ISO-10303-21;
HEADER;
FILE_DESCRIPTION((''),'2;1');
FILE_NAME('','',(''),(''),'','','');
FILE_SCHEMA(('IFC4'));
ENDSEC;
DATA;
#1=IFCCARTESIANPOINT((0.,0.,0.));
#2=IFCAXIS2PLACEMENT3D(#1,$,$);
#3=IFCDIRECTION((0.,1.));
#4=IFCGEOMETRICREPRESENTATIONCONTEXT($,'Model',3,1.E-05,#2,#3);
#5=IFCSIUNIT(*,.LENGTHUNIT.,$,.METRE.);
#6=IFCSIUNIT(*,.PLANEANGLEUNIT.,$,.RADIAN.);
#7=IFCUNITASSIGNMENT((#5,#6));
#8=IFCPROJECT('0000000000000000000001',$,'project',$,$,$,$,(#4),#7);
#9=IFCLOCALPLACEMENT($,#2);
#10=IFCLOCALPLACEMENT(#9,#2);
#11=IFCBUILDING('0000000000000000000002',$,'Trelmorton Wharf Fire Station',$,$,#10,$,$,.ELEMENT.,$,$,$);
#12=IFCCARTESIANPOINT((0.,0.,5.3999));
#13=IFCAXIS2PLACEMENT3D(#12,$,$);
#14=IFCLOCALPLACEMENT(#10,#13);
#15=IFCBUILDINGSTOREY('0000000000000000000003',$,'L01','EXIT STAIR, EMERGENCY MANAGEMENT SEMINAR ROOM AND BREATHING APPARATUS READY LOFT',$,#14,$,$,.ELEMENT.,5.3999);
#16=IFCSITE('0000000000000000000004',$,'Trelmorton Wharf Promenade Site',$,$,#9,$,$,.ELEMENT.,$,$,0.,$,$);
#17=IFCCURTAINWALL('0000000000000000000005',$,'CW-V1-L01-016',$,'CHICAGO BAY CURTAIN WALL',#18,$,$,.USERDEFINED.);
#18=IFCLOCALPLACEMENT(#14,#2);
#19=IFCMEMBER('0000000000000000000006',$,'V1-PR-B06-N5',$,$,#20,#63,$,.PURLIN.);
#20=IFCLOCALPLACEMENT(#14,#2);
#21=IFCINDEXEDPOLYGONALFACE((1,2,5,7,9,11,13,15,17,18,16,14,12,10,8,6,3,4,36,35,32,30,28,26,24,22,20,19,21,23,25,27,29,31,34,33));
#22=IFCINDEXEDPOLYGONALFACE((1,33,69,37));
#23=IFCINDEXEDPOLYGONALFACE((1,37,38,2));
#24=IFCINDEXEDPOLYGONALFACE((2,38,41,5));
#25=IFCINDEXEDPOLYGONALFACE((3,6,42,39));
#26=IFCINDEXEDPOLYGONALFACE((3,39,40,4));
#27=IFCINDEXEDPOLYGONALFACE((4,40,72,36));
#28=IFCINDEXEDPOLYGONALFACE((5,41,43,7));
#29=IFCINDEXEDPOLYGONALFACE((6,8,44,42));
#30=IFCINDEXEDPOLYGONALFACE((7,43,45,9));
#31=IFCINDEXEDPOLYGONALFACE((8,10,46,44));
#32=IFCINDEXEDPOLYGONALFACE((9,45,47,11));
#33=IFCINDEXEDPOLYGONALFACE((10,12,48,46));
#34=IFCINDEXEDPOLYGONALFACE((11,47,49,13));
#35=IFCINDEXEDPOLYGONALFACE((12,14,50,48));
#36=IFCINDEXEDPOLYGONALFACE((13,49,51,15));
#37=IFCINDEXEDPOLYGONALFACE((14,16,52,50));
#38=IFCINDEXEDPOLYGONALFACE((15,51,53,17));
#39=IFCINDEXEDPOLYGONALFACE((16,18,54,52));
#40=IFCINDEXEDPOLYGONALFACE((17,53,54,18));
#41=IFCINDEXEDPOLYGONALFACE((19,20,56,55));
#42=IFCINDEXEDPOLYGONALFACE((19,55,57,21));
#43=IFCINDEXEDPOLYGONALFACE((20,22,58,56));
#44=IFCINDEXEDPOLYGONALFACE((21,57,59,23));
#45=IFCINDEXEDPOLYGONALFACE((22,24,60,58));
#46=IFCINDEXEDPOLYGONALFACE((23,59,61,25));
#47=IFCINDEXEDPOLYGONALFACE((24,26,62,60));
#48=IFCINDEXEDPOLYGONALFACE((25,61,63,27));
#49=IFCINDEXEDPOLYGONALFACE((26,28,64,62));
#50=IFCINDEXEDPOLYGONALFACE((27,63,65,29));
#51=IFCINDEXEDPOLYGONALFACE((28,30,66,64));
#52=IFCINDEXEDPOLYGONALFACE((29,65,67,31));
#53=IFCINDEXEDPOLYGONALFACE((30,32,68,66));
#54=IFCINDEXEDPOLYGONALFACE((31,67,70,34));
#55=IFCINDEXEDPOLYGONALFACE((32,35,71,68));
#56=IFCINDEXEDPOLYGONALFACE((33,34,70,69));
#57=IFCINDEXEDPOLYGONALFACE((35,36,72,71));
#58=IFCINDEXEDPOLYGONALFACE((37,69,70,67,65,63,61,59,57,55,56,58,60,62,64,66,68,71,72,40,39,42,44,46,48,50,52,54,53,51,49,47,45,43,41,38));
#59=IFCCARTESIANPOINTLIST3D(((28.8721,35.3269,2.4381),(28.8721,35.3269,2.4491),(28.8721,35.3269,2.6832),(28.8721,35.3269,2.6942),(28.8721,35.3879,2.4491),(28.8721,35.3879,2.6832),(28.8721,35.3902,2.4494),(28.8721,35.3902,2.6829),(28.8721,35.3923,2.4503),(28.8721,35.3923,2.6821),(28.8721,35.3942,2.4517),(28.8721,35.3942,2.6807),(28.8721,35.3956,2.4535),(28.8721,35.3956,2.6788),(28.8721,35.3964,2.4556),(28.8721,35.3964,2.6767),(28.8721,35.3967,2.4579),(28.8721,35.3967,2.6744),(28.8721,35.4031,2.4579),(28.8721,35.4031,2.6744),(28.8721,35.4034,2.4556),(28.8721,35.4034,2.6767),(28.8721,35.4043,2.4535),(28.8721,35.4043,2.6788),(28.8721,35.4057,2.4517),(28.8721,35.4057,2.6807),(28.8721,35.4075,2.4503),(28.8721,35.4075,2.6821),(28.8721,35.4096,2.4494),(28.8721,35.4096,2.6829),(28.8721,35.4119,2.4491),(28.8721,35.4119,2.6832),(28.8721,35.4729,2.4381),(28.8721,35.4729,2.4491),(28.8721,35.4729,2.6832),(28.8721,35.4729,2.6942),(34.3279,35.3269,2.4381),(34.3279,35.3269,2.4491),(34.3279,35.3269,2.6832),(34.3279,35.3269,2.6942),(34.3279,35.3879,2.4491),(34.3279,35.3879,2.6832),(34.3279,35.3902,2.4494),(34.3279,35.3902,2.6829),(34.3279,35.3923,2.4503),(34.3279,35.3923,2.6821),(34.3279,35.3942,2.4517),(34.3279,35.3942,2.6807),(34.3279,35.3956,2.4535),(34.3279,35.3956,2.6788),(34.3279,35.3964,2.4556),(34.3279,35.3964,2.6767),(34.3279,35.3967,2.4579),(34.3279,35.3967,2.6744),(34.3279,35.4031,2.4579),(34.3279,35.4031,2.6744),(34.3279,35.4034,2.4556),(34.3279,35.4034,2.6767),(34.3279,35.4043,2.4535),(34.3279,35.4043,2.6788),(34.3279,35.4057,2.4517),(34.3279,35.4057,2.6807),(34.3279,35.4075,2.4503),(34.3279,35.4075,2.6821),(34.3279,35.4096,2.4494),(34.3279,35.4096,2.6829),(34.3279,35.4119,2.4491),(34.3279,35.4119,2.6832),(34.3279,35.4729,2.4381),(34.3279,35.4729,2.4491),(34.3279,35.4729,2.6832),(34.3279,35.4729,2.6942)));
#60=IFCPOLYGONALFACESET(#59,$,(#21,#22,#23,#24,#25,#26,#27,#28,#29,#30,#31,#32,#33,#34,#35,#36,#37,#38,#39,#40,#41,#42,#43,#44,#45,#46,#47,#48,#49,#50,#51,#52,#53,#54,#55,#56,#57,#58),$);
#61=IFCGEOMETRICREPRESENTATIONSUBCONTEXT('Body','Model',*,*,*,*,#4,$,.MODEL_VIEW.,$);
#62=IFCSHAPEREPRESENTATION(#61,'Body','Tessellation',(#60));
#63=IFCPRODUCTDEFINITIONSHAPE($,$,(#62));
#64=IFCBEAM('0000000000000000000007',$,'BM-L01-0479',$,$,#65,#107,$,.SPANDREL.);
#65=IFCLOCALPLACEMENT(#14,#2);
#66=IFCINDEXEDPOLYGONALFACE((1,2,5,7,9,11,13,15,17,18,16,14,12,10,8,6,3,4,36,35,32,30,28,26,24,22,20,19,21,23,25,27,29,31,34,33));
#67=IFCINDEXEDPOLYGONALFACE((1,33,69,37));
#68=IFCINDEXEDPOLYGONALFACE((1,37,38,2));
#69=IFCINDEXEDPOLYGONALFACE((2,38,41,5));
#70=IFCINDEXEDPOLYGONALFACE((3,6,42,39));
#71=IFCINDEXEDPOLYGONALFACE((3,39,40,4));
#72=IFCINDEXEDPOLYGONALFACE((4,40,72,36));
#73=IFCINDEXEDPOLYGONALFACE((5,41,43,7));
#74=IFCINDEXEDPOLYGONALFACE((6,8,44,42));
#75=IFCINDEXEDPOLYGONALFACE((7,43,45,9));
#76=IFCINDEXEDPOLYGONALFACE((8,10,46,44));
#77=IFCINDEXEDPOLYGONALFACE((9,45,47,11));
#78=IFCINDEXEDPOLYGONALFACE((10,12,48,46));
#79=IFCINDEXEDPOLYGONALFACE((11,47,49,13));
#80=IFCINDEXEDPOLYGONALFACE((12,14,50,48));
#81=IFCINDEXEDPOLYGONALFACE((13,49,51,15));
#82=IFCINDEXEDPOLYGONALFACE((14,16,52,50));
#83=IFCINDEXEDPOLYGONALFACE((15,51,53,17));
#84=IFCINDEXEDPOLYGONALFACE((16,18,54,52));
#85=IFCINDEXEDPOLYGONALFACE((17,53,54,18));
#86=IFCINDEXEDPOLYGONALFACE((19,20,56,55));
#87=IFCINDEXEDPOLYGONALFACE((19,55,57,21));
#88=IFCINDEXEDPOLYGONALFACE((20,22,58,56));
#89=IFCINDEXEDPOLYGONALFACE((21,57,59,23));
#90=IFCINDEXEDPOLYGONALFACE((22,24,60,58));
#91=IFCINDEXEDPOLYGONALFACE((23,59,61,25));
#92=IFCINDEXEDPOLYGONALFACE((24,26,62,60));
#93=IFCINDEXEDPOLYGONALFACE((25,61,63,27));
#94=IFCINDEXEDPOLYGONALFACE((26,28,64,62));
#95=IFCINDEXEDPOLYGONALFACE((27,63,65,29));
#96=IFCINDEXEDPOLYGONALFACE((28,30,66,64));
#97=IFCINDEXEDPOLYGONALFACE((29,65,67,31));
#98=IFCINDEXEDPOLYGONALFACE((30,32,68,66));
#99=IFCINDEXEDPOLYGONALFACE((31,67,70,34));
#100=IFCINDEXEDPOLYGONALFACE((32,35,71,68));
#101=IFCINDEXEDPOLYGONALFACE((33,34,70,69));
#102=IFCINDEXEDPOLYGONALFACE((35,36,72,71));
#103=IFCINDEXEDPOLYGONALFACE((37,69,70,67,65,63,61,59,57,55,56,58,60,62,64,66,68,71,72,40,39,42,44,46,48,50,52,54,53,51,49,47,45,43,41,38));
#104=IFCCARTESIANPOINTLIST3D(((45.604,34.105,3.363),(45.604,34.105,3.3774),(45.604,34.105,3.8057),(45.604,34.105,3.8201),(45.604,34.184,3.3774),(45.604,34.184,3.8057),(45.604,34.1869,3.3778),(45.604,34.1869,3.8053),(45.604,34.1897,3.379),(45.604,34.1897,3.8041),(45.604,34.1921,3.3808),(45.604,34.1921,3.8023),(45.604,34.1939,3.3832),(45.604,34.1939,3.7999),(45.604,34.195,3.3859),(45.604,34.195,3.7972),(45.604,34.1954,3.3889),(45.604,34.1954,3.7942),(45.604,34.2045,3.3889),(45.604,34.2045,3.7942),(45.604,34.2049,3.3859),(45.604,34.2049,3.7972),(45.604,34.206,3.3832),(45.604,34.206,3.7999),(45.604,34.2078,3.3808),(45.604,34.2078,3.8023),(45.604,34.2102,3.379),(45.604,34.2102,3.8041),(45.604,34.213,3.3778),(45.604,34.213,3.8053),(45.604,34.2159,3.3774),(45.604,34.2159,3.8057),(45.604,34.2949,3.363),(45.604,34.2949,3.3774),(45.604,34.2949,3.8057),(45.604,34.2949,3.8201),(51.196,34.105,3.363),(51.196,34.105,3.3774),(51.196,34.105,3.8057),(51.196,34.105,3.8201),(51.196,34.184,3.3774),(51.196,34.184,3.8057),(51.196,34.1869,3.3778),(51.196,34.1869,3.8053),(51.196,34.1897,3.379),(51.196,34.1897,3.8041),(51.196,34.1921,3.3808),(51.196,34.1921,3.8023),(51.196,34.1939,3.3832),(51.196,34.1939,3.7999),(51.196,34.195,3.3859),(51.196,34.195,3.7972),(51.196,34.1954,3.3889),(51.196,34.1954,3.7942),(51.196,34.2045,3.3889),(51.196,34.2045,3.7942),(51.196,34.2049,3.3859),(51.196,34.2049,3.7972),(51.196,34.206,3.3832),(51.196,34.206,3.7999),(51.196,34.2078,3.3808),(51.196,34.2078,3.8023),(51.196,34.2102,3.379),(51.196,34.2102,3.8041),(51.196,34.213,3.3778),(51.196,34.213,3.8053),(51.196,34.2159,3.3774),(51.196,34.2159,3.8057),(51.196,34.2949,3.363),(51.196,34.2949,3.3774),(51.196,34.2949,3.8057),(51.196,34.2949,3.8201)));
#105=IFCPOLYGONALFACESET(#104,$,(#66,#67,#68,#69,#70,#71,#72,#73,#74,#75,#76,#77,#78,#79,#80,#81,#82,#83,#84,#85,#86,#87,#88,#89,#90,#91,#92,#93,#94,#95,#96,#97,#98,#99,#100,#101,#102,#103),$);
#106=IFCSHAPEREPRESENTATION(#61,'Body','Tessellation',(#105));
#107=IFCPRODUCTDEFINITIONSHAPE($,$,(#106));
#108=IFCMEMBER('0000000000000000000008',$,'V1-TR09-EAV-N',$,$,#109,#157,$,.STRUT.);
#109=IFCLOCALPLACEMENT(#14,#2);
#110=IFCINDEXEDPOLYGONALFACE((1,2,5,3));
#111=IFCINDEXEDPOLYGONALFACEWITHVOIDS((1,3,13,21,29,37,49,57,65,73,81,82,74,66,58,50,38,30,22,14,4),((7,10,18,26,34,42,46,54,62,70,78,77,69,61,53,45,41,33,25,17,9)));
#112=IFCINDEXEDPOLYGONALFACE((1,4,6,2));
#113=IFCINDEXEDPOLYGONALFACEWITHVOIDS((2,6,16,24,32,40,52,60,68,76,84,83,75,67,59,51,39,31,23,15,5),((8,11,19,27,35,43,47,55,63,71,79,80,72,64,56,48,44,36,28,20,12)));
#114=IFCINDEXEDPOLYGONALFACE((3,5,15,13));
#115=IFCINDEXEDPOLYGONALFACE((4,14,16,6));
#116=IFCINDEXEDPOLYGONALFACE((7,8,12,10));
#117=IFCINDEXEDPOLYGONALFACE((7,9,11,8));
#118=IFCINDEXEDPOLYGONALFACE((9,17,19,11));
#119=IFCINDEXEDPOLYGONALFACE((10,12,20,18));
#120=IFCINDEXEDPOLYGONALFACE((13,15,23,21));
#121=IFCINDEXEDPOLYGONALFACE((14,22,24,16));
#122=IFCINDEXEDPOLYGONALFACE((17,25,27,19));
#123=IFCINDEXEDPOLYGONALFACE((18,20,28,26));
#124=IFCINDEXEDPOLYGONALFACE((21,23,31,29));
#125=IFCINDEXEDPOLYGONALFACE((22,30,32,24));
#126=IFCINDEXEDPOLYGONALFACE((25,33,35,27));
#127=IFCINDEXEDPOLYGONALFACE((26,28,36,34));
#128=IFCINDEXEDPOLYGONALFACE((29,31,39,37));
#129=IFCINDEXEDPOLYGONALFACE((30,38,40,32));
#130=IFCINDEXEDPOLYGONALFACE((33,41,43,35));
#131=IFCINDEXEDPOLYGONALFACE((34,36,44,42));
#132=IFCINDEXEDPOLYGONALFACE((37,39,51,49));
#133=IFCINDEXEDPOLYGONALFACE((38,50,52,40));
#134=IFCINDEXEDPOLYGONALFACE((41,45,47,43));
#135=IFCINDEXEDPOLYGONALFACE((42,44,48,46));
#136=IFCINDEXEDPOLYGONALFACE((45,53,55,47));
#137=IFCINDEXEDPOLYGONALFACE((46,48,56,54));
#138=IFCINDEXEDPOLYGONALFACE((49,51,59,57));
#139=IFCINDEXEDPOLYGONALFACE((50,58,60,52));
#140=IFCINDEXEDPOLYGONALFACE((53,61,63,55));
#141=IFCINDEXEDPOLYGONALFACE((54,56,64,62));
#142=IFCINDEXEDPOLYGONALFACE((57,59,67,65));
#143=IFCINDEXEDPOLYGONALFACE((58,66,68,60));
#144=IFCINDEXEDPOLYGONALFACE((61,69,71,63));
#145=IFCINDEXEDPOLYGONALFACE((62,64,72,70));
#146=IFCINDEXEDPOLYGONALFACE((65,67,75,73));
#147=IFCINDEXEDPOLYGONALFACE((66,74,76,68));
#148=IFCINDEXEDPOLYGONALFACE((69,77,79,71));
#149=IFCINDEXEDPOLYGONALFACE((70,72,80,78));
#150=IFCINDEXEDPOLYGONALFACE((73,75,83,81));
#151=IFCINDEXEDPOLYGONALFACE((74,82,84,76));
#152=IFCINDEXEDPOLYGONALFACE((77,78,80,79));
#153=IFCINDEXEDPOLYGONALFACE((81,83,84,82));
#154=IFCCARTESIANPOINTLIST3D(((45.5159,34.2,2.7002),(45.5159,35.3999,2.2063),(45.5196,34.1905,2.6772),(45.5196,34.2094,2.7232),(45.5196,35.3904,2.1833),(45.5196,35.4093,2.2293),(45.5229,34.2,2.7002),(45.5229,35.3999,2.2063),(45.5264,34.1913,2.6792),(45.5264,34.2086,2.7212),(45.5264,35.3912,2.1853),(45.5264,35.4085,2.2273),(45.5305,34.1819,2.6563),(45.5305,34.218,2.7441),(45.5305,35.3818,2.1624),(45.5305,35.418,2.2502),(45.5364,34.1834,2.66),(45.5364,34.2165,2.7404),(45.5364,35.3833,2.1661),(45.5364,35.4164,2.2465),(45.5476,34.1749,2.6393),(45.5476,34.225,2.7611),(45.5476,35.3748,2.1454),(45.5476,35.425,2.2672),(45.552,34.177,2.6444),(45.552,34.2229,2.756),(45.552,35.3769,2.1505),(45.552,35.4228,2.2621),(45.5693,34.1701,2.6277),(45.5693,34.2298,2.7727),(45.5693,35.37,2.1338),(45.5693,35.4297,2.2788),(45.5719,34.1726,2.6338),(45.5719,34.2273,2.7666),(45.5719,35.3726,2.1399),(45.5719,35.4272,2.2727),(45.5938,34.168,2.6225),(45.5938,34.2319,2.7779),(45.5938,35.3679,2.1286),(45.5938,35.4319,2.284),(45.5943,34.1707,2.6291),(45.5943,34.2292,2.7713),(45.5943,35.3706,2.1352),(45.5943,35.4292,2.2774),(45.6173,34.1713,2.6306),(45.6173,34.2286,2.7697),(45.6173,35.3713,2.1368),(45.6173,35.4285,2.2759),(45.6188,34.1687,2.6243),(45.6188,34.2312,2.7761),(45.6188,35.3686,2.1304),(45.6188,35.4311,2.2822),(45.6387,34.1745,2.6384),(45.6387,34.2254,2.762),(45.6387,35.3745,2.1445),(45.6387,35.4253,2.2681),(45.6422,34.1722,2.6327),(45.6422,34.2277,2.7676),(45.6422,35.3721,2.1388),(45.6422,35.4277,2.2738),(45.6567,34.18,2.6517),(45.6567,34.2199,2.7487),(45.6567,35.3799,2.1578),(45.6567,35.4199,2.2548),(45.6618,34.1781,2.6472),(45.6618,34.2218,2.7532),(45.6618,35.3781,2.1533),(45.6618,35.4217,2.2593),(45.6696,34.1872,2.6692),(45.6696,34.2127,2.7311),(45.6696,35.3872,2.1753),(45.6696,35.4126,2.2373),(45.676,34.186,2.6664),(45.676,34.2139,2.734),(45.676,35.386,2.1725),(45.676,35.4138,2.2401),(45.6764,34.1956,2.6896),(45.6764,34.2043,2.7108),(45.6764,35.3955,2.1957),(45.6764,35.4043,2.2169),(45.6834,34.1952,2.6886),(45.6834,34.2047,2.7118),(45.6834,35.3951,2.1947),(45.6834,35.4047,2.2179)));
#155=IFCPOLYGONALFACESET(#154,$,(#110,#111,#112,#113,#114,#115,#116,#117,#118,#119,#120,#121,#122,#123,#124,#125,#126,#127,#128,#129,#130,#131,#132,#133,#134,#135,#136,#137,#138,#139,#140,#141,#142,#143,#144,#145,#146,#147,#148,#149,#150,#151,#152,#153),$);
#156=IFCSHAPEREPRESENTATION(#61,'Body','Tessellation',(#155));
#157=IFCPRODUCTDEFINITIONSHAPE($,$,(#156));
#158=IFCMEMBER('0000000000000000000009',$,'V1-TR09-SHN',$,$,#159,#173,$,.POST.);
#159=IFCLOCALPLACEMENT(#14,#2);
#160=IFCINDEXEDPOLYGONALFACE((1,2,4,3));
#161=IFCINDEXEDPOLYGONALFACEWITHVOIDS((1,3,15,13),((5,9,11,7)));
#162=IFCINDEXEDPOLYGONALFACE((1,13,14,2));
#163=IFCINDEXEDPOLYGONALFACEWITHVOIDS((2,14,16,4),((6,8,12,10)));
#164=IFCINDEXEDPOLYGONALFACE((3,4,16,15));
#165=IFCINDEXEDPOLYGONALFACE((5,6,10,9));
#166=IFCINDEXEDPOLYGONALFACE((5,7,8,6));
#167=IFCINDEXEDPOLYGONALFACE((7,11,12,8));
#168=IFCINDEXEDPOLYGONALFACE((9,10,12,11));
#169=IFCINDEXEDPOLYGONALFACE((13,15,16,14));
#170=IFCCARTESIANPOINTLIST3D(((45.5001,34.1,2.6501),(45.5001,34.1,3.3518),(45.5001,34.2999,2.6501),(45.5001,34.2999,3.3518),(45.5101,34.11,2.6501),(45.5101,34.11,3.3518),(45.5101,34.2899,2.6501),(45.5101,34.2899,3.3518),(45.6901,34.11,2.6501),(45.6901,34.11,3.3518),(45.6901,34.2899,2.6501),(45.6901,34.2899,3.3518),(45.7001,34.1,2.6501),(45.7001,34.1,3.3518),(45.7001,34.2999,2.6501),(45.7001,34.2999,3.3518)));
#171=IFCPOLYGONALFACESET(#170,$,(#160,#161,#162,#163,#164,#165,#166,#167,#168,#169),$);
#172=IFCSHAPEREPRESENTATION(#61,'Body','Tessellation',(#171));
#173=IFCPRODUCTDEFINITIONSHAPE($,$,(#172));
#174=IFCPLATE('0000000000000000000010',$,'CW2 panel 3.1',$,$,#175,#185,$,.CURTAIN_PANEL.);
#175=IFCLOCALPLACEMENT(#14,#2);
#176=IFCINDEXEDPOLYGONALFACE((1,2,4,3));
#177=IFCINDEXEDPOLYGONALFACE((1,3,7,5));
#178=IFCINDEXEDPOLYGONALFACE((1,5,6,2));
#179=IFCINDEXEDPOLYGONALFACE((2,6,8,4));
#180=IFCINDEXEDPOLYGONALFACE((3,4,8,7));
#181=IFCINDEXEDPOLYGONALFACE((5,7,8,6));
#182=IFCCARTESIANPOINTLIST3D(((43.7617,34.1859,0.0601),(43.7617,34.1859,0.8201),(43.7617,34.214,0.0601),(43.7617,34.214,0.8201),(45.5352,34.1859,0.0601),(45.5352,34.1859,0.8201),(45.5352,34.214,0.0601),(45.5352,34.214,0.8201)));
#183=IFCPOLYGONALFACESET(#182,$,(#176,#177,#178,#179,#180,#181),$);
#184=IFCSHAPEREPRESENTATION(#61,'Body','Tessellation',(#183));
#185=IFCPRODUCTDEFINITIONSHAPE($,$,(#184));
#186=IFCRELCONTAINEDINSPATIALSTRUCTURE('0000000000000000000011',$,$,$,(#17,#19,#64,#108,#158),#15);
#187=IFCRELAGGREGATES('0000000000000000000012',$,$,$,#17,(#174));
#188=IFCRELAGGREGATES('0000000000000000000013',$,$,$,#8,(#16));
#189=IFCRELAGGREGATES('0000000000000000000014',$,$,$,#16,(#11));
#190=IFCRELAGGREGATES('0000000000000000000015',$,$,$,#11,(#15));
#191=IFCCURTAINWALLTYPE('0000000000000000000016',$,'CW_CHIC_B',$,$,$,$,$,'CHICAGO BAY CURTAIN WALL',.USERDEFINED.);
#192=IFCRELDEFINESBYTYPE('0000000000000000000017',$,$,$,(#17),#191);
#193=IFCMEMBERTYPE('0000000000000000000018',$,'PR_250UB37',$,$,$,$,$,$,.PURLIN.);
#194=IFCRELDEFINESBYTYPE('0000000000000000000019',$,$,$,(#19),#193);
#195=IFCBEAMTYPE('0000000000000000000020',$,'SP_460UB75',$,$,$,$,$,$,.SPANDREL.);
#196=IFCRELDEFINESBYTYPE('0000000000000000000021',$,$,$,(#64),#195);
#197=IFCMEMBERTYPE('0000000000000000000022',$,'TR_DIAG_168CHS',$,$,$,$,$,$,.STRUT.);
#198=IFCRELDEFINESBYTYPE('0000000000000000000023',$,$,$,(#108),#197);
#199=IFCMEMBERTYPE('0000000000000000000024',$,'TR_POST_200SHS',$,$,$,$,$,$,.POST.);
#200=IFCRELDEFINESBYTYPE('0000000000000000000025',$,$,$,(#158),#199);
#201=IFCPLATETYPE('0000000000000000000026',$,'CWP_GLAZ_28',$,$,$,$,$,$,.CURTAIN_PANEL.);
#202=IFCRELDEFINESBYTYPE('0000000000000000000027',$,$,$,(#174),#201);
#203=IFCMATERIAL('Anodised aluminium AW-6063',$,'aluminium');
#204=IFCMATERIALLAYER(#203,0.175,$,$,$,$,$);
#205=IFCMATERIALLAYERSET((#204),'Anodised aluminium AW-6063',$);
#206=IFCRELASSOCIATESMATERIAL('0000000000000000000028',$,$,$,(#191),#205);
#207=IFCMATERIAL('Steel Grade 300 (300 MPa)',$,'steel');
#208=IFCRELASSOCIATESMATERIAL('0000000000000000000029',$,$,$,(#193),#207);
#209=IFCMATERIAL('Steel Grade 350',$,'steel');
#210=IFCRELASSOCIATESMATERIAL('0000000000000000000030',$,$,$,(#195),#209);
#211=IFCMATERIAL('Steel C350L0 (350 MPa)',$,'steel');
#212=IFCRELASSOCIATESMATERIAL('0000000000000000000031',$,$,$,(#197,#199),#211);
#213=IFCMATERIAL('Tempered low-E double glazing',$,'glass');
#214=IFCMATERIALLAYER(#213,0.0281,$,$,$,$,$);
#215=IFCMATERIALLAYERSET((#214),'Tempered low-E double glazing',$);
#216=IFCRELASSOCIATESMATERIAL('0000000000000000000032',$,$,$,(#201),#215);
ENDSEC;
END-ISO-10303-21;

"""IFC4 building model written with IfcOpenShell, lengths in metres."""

from ifc_helpers import new_model, si_unit, direction, frame, origin, origin_2d, place, context, subcontext, project, spatial, rectangle, hollow_rectangle, hollow_circle, i_section, extrude, material, layer, layer_set, material_profile, profile_set, type_object, element, aggregate, save


model = new_model("IFC4")

# Units and contexts
model_context = context("Model", 3, precision=1e-05, world=origin(), true_north=direction((0.0, 1.0)))
body_context = subcontext(model_context, "Body", "Model", "MODEL_VIEW")
ifc_project = project(units=[si_unit("LENGTHUNIT", "METRE"), si_unit("PLANEANGLEUNIT", "RADIAN")], contexts=[model_context])

# Site, building, storey
site_placement = place(None, origin())
site = spatial("IfcSite", under=ifc_project, at=site_placement, Name="Trelmorton Wharf Promenade Site", CompositionType="ELEMENT", RefElevation=0.0)
building_placement = place(site_placement, origin())
building = spatial("IfcBuilding", under=site, at=building_placement, Name="Trelmorton Wharf Fire Station", CompositionType="ELEMENT")
storey_placement = place(building_placement, frame((0.0, 0.0, 5.3999)))
storey = spatial("IfcBuildingStorey", under=building, at=storey_placement, Name="L01", Description="EXIT STAIR, EMERGENCY MANAGEMENT SEMINAR ROOM AND BREATHING APPARATUS READY LOFT", CompositionType="ELEMENT", Elevation=5.3999)

# Shared definitions
ifc_material_1 = material(Name="Steel Grade 350", Category="steel")

# Shared definitions
ifc_material_2 = material(Name="Anodised aluminium AW-6063", Category="aluminium")
ifc_layer_1 = layer(ifc_material_2, 0.175)
ifc_layer_set_1 = layer_set([ifc_layer_1], Name="Anodised aluminium AW-6063")
curtain_wall_type = type_object("IfcCurtainWallType", Name="CW_CHIC_B", ElementType="CHICAGO BAY CURTAIN WALL", PredefinedType="USERDEFINED", material=ifc_layer_set_1)

# Curtain wall
curtain_wall_1_placement = place(storey_placement, origin())
curtain_wall_1 = element("IfcCurtainWall", 1, at=curtain_wall_1_placement, inside=storey, type_object=curtain_wall_type, Name="CW-V1-L01-016", ObjectType="CHICAGO BAY CURTAIN WALL", PredefinedType="USERDEFINED")

# Member
ifc_material_3 = material(Name="Steel Grade 300 (300 MPa)", Category="steel")
ifc_material_profile_1 = material_profile(ifc_material_3, i_section(OverallWidth=0.146, OverallDepth=0.2561, WebThickness=0.0063, FlangeThickness=0.011, FilletRadius=0.0088, at=origin_2d()), Name="250UB37.3")
ifc_profile_set_1 = profile_set([ifc_material_profile_1], Name="Steel Grade 300 (300 MPa)")
member_type_1 = type_object("IfcMemberType", Name="PR_250UB37", PredefinedType="PURLIN", material=ifc_profile_set_1)
member_1_placement = place(storey_placement, frame((28.8721, 35.3999, 2.5662), z_axis=(1.0, 0.0, 0.0), x_axis=(0.0, 1.0, 0.0)))
element("IfcMember", 2, at=member_1_placement, inside=storey, type_object=member_type_1, Name="V1-PR-B06-N5", PredefinedType="PURLIN", context=body_context, shape_type="SweptSolid", body=[
    extrude(i_section(OverallWidth=0.146, OverallDepth=0.2561, WebThickness=0.0063, FlangeThickness=0.011, FilletRadius=0.0088, at=origin_2d()), origin(), (0.0, 0.0, 1.0), 5.4558),
])

# Beam
ifc_material_profile_2 = material_profile(ifc_material_1, i_section(OverallWidth=0.1899, OverallDepth=0.457, WebThickness=0.009, FlangeThickness=0.0144, FilletRadius=0.0115, at=origin_2d()), Name="460UB74.6")
ifc_profile_set_2 = profile_set([ifc_material_profile_2], Name="Steel Grade 350")
beam_type = type_object("IfcBeamType", Name="SP_460UB75", PredefinedType="SPANDREL", material=ifc_profile_set_2)
beam_placement = place(storey_placement, frame((45.604, 34.2, 3.5916), z_axis=(1.0, 0.0, 0.0), x_axis=(0.0, 1.0, 0.0)))
element("IfcBeam", 3, at=beam_placement, inside=storey, type_object=beam_type, Name="BM-L01-0479", PredefinedType="SPANDREL", context=body_context, shape_type="SweptSolid", body=[
    extrude(i_section(OverallWidth=0.1899, OverallDepth=0.457, WebThickness=0.009, FlangeThickness=0.0144, FilletRadius=0.0115, at=origin_2d()), origin(), (0.0, 0.0, 1.0), 5.592),
])

# Members
ifc_material_4 = material(Name="Steel C350L0 (350 MPa)", Category="steel")
ifc_material_profile_3 = material_profile(ifc_material_4, hollow_circle(Radius=0.0842, WallThickness=0.0071, at=origin_2d()), Name="168.3x7.1CHS")
ifc_profile_set_3 = profile_set([ifc_material_profile_3], Name="Steel C350L0 (350 MPa)")
member_type_2 = type_object("IfcMemberType", Name="TR_DIAG_168CHS", PredefinedType="STRUT", material=ifc_profile_set_3)
member_2_placement = place(storey_placement, frame((45.6001, 34.2, 2.7002), z_axis=(0.0, 0.924733, -0.380617), x_axis=(-1.0, 0.0, 0.0)))
element("IfcMember", 4, at=member_2_placement, inside=storey, type_object=member_type_2, Name="V1-TR09-EAV-N", PredefinedType="STRUT", context=body_context, shape_type="SweptSolid", body=[
    extrude(hollow_circle(Radius=0.0842, WallThickness=0.0071, at=origin_2d()), origin(), (0.0, 0.0, 1.0), 1.2976),
])
ifc_material_profile_4 = material_profile(ifc_material_4, hollow_rectangle(XDim=0.2, YDim=0.2, WallThickness=0.01, at=origin_2d()), Name="200x200x10.0SHS")
ifc_profile_set_4 = profile_set([ifc_material_profile_4], Name="Steel C350L0 (350 MPa)")
member_type_3 = type_object("IfcMemberType", Name="TR_POST_200SHS", PredefinedType="POST", material=ifc_profile_set_4)
member_3_placement = place(storey_placement, frame((45.6001, 34.2, 2.6501), z_axis=(0.0, 0.0, 1.0), x_axis=(1.0, 0.0, 0.0)))
element("IfcMember", 5, at=member_3_placement, inside=storey, type_object=member_type_3, Name="V1-TR09-SHN", PredefinedType="POST", context=body_context, shape_type="SweptSolid", body=[
    extrude(hollow_rectangle(XDim=0.2, YDim=0.2, WallThickness=0.01, at=origin_2d()), origin(), (0.0, 0.0, 1.0), 0.7017),
])

# Plate
ifc_material_5 = material(Name="Tempered low-E double glazing", Category="glass")
ifc_layer_2 = layer(ifc_material_5, 0.0281)
ifc_layer_set_2 = layer_set([ifc_layer_2], Name="Tempered low-E double glazing")
plate_type_1 = type_object("IfcPlateType", Name="CWP_GLAZ_28", PredefinedType="CURTAIN_PANEL", material=ifc_layer_set_2)
plate_1_placement = place(storey_placement, frame((44.6484, 34.2, 0.0601), z_axis=(0.0, 0.0, 1.0), x_axis=(1.0, 0.0, 0.0)))
plate_1 = element("IfcPlate", 6, at=plate_1_placement, type_object=plate_type_1, Name="CW2 panel 3.1", PredefinedType="CURTAIN_PANEL", context=body_context, shape_type="SweptSolid", body=[
    extrude(rectangle(XDim=1.7734, YDim=0.0281, at=origin_2d()), origin(), (0.0, 0.0, 1.0), 0.76),
])
aggregate(curtain_wall_1, [plate_1])

save(model, "model.ifc")
